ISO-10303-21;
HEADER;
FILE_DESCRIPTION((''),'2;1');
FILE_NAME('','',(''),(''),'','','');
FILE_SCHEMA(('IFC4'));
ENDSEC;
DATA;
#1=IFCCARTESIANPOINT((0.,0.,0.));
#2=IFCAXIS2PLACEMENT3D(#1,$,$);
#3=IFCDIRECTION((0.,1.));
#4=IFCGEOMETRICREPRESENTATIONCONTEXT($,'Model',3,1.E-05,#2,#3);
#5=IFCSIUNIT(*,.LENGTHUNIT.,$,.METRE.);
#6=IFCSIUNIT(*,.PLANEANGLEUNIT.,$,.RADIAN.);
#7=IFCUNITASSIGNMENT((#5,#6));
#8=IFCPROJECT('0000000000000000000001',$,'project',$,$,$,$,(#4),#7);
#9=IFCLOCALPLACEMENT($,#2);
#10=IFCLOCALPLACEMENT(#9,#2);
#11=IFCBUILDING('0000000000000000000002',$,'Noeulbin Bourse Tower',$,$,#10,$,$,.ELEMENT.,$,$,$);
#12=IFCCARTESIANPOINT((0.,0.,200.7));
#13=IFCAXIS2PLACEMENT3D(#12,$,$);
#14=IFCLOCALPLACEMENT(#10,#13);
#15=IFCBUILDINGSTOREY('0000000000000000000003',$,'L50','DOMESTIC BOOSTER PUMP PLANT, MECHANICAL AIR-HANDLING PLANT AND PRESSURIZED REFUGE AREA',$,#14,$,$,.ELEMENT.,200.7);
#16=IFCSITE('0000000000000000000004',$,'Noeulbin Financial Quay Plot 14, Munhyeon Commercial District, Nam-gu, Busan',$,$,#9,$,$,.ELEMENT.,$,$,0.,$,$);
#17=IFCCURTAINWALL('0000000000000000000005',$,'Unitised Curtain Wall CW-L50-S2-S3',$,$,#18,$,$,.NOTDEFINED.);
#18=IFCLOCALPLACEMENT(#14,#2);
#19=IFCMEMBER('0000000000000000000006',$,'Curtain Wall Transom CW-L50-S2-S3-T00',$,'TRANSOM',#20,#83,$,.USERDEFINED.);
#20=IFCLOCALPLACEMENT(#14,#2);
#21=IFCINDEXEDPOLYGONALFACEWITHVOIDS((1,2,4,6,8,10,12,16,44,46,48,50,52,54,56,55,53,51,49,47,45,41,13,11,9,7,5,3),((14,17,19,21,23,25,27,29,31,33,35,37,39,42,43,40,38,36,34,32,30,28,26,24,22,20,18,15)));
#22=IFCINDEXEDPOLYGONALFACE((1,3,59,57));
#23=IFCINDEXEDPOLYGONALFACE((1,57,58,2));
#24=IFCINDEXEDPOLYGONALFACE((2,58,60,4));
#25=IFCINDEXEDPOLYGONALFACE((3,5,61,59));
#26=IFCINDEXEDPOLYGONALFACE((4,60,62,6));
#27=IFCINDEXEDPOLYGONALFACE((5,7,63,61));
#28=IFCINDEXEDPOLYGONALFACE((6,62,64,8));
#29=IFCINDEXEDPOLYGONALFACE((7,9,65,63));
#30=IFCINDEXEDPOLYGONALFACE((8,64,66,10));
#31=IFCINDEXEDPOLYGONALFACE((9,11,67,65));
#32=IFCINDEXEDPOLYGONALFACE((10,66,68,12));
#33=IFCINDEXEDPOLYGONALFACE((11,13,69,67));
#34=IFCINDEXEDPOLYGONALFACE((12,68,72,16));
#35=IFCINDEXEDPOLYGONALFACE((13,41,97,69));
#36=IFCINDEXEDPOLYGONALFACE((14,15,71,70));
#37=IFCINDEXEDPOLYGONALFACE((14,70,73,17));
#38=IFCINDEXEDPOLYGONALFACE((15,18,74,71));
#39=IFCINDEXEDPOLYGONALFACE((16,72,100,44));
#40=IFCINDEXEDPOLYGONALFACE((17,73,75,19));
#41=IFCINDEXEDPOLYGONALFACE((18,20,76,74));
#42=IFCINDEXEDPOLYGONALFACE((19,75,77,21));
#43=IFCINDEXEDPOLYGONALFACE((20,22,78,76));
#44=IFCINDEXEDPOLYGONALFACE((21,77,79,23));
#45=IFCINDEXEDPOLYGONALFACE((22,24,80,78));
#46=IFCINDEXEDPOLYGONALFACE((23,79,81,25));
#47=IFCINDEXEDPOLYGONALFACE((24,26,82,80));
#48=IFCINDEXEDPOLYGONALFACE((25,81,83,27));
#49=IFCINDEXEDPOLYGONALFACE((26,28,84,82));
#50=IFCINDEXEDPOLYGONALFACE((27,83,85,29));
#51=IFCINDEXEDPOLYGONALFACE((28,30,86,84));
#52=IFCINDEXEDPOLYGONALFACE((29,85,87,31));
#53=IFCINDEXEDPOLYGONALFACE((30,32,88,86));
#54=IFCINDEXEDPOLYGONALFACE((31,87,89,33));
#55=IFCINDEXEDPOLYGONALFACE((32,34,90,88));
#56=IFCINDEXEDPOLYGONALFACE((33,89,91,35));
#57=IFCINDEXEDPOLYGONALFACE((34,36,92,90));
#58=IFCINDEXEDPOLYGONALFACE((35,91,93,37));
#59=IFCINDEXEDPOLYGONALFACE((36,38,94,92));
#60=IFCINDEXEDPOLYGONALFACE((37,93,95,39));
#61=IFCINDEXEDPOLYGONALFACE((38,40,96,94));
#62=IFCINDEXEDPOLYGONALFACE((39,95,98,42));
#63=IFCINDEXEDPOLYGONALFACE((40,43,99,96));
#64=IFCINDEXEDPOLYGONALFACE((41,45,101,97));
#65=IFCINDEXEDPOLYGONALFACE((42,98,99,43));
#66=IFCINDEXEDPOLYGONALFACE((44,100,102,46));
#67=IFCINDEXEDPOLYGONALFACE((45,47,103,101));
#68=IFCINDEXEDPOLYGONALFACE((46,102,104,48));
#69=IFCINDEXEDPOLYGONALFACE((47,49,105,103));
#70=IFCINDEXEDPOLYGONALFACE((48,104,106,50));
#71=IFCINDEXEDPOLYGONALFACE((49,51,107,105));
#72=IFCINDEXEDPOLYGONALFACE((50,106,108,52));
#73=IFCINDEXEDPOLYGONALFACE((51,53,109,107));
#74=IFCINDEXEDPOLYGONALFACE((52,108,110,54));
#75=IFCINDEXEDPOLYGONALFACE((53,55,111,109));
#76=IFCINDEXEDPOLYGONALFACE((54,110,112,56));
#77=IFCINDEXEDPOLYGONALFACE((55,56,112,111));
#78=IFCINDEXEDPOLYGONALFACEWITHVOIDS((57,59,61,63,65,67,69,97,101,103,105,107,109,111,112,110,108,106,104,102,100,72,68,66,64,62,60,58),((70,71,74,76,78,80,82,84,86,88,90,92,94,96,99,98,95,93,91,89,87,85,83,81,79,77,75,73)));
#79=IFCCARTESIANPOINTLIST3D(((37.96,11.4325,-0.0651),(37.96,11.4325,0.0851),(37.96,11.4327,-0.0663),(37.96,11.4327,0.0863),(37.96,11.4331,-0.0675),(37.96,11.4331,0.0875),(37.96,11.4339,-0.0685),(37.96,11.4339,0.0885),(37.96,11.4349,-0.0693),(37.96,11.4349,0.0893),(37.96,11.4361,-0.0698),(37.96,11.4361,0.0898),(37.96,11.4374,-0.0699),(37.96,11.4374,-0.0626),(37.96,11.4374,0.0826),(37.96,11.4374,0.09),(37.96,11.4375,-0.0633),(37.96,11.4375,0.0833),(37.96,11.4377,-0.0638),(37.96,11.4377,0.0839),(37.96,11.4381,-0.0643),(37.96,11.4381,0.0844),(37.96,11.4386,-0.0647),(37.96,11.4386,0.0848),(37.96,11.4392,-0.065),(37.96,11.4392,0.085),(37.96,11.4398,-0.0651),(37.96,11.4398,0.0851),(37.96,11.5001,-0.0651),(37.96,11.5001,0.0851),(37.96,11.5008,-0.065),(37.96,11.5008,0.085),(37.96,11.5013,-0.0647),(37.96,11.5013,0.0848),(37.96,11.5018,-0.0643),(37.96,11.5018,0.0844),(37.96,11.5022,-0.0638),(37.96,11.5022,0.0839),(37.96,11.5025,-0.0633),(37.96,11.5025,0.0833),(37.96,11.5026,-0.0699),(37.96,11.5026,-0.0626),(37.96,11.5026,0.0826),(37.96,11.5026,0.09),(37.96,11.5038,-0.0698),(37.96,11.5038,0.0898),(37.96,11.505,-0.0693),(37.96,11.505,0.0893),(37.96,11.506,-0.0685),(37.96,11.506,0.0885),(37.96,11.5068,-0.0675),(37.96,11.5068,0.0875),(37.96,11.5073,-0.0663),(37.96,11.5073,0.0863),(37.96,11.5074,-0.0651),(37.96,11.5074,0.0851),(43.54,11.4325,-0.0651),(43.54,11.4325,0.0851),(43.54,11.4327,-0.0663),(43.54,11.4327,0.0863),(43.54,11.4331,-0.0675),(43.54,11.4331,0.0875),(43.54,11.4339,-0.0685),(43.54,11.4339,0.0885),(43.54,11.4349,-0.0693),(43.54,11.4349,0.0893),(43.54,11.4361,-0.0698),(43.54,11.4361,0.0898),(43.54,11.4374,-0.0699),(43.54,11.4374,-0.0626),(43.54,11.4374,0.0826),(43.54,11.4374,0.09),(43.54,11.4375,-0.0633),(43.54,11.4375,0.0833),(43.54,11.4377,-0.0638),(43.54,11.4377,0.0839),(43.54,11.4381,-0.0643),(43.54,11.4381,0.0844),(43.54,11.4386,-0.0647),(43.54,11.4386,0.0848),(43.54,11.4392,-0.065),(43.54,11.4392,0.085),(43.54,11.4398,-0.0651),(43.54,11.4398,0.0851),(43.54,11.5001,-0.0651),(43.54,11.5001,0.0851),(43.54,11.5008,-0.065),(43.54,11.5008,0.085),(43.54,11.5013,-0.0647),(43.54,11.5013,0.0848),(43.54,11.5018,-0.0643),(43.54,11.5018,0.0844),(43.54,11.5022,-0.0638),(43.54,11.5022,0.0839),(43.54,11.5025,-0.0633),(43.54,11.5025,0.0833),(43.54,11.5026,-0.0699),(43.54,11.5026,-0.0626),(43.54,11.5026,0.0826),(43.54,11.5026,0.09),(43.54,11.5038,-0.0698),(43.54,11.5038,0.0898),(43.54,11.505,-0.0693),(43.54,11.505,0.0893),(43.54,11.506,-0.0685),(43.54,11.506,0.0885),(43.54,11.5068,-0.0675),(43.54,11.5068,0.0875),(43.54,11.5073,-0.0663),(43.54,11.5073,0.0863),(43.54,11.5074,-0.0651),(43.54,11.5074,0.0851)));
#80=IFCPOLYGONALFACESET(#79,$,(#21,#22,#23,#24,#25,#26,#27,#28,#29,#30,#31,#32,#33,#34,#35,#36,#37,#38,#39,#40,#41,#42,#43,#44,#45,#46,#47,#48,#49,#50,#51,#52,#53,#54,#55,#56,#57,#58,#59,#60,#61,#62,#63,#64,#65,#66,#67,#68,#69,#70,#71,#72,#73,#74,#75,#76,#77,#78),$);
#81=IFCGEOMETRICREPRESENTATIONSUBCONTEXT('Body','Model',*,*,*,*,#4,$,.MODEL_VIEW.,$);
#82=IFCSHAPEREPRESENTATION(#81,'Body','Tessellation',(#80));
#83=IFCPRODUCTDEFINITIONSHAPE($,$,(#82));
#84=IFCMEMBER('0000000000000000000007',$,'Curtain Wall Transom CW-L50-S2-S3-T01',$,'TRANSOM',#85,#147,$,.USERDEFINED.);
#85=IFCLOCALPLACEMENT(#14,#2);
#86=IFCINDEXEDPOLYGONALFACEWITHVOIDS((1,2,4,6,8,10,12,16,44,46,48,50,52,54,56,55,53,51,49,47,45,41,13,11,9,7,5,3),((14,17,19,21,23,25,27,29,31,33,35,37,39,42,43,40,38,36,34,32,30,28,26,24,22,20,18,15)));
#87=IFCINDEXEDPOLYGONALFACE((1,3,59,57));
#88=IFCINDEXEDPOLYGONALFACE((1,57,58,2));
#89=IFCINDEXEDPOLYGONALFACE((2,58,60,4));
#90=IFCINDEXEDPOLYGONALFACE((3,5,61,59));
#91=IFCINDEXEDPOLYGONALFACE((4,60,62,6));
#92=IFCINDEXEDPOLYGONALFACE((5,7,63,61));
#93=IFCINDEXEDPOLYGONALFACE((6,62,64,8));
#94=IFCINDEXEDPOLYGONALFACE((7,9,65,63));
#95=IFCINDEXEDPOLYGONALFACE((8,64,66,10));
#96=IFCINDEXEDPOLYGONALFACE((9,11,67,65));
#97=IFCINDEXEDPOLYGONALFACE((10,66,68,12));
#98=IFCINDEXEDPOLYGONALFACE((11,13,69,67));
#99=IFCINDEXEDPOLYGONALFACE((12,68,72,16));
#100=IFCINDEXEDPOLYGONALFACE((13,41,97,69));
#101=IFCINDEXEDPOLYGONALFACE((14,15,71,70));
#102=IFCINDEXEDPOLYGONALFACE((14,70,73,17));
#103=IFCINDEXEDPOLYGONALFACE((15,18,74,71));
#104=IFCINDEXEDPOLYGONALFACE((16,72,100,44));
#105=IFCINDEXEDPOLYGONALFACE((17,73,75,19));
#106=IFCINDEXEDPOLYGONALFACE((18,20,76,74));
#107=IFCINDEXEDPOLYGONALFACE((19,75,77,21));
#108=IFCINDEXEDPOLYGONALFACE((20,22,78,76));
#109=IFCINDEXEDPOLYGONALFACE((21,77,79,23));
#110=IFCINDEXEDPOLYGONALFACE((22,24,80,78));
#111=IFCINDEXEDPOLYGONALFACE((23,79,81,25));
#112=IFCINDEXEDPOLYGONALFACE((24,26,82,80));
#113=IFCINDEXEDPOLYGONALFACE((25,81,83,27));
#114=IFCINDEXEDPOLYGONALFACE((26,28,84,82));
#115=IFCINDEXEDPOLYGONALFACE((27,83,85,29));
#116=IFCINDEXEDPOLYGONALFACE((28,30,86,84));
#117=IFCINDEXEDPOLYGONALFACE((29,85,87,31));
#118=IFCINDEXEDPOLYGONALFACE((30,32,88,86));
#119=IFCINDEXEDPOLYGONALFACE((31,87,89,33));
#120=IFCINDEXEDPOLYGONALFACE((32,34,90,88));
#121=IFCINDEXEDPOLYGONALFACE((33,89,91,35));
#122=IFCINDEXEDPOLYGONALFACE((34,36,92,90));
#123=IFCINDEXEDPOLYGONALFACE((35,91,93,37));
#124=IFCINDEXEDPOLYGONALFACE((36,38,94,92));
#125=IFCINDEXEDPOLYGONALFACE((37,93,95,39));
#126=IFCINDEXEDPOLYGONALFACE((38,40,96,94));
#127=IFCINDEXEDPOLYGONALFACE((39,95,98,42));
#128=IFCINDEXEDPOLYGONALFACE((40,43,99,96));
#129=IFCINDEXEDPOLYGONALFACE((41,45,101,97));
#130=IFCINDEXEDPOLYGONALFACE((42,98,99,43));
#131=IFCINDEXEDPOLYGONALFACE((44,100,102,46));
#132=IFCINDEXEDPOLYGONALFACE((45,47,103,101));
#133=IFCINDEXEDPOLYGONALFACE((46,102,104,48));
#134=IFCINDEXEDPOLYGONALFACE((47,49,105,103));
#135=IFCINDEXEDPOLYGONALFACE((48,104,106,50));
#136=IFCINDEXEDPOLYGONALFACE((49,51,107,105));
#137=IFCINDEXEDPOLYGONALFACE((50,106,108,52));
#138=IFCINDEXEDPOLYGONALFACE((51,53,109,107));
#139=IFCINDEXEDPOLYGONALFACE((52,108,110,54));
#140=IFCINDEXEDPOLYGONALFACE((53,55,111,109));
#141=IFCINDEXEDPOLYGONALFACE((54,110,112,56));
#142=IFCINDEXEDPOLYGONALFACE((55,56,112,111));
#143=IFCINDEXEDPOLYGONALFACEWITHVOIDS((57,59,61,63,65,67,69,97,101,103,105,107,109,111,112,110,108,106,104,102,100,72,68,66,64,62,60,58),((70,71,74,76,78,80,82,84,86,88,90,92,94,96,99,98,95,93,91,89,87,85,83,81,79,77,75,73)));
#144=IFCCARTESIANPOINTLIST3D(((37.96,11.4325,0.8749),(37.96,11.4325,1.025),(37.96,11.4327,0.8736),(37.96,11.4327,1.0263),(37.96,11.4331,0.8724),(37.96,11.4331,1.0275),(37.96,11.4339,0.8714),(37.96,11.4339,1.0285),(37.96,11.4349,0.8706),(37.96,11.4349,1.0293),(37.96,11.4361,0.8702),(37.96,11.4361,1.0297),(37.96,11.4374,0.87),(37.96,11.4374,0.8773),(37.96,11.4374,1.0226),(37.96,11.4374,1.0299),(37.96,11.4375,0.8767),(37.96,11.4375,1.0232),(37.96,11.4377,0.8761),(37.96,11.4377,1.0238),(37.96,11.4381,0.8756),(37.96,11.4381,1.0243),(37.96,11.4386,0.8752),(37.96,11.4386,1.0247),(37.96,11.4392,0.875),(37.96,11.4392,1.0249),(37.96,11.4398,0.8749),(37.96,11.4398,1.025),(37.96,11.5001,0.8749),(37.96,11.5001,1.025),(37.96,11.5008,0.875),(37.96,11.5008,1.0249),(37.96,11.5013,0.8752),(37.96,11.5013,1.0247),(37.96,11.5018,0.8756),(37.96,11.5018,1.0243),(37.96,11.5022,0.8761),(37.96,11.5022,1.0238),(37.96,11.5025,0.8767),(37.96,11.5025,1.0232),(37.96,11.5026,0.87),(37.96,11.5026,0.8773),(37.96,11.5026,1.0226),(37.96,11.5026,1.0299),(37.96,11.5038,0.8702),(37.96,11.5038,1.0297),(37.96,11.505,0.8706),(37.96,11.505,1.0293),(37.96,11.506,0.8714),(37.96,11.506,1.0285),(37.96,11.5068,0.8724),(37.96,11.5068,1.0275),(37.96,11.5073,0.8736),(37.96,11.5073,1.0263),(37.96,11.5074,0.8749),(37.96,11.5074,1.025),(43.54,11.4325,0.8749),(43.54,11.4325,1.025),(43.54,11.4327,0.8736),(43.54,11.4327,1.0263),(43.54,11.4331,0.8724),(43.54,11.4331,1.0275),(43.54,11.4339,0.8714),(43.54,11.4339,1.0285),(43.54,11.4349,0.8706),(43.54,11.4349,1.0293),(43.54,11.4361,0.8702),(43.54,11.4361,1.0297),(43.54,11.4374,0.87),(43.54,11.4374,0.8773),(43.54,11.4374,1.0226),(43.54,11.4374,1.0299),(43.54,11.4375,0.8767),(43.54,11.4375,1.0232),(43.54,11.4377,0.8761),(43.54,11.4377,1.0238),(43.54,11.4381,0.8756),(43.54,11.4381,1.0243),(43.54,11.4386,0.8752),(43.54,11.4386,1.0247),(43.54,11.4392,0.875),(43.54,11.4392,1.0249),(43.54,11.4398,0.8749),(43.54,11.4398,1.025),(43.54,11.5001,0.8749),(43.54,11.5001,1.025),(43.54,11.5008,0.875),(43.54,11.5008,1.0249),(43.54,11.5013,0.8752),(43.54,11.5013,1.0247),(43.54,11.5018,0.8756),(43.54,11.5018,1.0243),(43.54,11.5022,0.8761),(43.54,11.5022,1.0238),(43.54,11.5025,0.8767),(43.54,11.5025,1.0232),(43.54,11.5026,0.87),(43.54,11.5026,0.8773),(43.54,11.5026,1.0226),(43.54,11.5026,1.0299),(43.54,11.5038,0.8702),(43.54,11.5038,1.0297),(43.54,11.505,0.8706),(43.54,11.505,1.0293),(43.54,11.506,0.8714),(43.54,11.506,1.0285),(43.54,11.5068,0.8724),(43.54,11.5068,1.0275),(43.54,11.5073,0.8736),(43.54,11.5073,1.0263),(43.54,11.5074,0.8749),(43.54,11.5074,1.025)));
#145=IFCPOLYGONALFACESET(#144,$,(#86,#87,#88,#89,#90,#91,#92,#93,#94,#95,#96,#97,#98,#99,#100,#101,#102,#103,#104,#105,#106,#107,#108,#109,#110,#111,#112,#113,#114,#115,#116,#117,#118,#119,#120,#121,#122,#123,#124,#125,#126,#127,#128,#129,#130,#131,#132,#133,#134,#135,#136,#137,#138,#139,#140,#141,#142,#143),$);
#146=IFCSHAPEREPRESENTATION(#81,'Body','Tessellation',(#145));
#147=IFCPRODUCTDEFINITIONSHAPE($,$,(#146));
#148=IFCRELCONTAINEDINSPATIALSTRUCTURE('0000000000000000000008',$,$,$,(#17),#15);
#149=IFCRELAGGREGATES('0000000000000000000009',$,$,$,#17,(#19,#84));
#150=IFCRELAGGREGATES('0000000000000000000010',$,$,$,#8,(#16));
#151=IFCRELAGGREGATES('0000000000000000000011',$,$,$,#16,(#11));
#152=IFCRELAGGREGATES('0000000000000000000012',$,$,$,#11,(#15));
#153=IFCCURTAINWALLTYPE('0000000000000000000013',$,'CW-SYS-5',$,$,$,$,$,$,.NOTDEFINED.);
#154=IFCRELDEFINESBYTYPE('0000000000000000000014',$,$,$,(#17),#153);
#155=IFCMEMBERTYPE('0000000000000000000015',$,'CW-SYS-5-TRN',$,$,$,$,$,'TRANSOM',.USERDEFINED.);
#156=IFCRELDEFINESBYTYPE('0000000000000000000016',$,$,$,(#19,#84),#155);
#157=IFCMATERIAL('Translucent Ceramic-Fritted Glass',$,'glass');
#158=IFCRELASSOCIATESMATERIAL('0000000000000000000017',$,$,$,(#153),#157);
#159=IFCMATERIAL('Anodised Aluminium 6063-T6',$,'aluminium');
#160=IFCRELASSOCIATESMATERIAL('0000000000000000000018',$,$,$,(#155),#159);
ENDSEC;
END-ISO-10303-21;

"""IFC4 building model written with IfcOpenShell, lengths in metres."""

from ifc_helpers import new_model, si_unit, direction, frame, origin, origin_2d, place, context, subcontext, project, spatial, hollow_rectangle, extrude, material, material_profile, profile_set, type_object, element, aggregate, save


model = new_model("IFC4")

# Units and contexts
model_context = context("Model", 3, precision=1e-05, world=origin(), true_north=direction((0.0, 1.0)))
body_context = subcontext(model_context, "Body", "Model", "MODEL_VIEW")
ifc_project = project(units=[si_unit("LENGTHUNIT", "METRE"), si_unit("PLANEANGLEUNIT", "RADIAN")], contexts=[model_context])

# Site, building, storey
site_placement = place(None, origin())
site = spatial("IfcSite", under=ifc_project, at=site_placement, Name="Noeulbin Financial Quay Plot 14, Munhyeon Commercial District, Nam-gu, Busan", CompositionType="ELEMENT", RefElevation=0.0)
building_placement = place(site_placement, origin())
building = spatial("IfcBuilding", under=site, at=building_placement, Name="Noeulbin Bourse Tower", CompositionType="ELEMENT")
storey_placement = place(building_placement, frame((0.0, 0.0, 200.7)))
storey = spatial("IfcBuildingStorey", under=building, at=storey_placement, Name="L50", Description="DOMESTIC BOOSTER PUMP PLANT, MECHANICAL AIR-HANDLING PLANT AND PRESSURIZED REFUGE AREA", CompositionType="ELEMENT", Elevation=200.7)

# Curtain wall, members
ifc_material_1 = material(Name="Translucent Ceramic-Fritted Glass", Category="glass")
curtain_wall_type = type_object("IfcCurtainWallType", Name="CW-SYS-5", PredefinedType="NOTDEFINED", material=ifc_material_1)
curtain_wall_placement = place(storey_placement, origin())
curtain_wall = element("IfcCurtainWall", 1, at=curtain_wall_placement, inside=storey, type_object=curtain_wall_type, Name="Unitised Curtain Wall CW-L50-S2-S3", PredefinedType="NOTDEFINED")
ifc_material_2 = material(Name="Anodised Aluminium 6063-T6", Category="aluminium")
ifc_material_profile_1 = material_profile(ifc_material_2, hollow_rectangle(XDim=0.075, YDim=0.1599, WallThickness=0.0049, InnerFilletRadius=0.0024, OuterFilletRadius=0.0049, at=origin_2d()), Name="ALU-TRAN-75x160x5", Category="LoadBearing")
ifc_profile_set_1 = profile_set([ifc_material_profile_1], Name="Anodised Aluminium 6063-T6")
member_type_1 = type_object("IfcMemberType", Name="CW-SYS-5-TRN", ElementType="TRANSOM", PredefinedType="USERDEFINED", material=ifc_profile_set_1)
member_1_placement = place(storey_placement, frame((37.96, 11.47, 0.01), z_axis=(1.0, 0.0, 0.0), x_axis=(0.0, 1.0, 0.0)))
member_1 = element("IfcMember", 2, at=member_1_placement, type_object=member_type_1, Name="Curtain Wall Transom CW-L50-S2-S3-T00", ObjectType="TRANSOM", PredefinedType="USERDEFINED", context=body_context, shape_type="SweptSolid", body=[
    extrude(hollow_rectangle(XDim=0.075, YDim=0.1599, WallThickness=0.0049, InnerFilletRadius=0.0024, OuterFilletRadius=0.0049, at=origin_2d()), origin(), (0.0, 0.0, 1.0), 5.5801),
])
member_2_placement = place(storey_placement, frame((37.96, 11.47, 0.95), z_axis=(1.0, 0.0, 0.0), x_axis=(0.0, 1.0, 0.0)))
member_2 = element("IfcMember", 3, at=member_2_placement, type_object=member_type_1, Name="Curtain Wall Transom CW-L50-S2-S3-T01", ObjectType="TRANSOM", PredefinedType="USERDEFINED", context=body_context, shape_type="SweptSolid", body=[
    extrude(hollow_rectangle(XDim=0.075, YDim=0.1599, WallThickness=0.0049, InnerFilletRadius=0.0024, OuterFilletRadius=0.0049, at=origin_2d()), origin(), (0.0, 0.0, 1.0), 5.5801),
])

aggregate(curtain_wall, [member_1, member_2])

save(model, "model.ifc")
